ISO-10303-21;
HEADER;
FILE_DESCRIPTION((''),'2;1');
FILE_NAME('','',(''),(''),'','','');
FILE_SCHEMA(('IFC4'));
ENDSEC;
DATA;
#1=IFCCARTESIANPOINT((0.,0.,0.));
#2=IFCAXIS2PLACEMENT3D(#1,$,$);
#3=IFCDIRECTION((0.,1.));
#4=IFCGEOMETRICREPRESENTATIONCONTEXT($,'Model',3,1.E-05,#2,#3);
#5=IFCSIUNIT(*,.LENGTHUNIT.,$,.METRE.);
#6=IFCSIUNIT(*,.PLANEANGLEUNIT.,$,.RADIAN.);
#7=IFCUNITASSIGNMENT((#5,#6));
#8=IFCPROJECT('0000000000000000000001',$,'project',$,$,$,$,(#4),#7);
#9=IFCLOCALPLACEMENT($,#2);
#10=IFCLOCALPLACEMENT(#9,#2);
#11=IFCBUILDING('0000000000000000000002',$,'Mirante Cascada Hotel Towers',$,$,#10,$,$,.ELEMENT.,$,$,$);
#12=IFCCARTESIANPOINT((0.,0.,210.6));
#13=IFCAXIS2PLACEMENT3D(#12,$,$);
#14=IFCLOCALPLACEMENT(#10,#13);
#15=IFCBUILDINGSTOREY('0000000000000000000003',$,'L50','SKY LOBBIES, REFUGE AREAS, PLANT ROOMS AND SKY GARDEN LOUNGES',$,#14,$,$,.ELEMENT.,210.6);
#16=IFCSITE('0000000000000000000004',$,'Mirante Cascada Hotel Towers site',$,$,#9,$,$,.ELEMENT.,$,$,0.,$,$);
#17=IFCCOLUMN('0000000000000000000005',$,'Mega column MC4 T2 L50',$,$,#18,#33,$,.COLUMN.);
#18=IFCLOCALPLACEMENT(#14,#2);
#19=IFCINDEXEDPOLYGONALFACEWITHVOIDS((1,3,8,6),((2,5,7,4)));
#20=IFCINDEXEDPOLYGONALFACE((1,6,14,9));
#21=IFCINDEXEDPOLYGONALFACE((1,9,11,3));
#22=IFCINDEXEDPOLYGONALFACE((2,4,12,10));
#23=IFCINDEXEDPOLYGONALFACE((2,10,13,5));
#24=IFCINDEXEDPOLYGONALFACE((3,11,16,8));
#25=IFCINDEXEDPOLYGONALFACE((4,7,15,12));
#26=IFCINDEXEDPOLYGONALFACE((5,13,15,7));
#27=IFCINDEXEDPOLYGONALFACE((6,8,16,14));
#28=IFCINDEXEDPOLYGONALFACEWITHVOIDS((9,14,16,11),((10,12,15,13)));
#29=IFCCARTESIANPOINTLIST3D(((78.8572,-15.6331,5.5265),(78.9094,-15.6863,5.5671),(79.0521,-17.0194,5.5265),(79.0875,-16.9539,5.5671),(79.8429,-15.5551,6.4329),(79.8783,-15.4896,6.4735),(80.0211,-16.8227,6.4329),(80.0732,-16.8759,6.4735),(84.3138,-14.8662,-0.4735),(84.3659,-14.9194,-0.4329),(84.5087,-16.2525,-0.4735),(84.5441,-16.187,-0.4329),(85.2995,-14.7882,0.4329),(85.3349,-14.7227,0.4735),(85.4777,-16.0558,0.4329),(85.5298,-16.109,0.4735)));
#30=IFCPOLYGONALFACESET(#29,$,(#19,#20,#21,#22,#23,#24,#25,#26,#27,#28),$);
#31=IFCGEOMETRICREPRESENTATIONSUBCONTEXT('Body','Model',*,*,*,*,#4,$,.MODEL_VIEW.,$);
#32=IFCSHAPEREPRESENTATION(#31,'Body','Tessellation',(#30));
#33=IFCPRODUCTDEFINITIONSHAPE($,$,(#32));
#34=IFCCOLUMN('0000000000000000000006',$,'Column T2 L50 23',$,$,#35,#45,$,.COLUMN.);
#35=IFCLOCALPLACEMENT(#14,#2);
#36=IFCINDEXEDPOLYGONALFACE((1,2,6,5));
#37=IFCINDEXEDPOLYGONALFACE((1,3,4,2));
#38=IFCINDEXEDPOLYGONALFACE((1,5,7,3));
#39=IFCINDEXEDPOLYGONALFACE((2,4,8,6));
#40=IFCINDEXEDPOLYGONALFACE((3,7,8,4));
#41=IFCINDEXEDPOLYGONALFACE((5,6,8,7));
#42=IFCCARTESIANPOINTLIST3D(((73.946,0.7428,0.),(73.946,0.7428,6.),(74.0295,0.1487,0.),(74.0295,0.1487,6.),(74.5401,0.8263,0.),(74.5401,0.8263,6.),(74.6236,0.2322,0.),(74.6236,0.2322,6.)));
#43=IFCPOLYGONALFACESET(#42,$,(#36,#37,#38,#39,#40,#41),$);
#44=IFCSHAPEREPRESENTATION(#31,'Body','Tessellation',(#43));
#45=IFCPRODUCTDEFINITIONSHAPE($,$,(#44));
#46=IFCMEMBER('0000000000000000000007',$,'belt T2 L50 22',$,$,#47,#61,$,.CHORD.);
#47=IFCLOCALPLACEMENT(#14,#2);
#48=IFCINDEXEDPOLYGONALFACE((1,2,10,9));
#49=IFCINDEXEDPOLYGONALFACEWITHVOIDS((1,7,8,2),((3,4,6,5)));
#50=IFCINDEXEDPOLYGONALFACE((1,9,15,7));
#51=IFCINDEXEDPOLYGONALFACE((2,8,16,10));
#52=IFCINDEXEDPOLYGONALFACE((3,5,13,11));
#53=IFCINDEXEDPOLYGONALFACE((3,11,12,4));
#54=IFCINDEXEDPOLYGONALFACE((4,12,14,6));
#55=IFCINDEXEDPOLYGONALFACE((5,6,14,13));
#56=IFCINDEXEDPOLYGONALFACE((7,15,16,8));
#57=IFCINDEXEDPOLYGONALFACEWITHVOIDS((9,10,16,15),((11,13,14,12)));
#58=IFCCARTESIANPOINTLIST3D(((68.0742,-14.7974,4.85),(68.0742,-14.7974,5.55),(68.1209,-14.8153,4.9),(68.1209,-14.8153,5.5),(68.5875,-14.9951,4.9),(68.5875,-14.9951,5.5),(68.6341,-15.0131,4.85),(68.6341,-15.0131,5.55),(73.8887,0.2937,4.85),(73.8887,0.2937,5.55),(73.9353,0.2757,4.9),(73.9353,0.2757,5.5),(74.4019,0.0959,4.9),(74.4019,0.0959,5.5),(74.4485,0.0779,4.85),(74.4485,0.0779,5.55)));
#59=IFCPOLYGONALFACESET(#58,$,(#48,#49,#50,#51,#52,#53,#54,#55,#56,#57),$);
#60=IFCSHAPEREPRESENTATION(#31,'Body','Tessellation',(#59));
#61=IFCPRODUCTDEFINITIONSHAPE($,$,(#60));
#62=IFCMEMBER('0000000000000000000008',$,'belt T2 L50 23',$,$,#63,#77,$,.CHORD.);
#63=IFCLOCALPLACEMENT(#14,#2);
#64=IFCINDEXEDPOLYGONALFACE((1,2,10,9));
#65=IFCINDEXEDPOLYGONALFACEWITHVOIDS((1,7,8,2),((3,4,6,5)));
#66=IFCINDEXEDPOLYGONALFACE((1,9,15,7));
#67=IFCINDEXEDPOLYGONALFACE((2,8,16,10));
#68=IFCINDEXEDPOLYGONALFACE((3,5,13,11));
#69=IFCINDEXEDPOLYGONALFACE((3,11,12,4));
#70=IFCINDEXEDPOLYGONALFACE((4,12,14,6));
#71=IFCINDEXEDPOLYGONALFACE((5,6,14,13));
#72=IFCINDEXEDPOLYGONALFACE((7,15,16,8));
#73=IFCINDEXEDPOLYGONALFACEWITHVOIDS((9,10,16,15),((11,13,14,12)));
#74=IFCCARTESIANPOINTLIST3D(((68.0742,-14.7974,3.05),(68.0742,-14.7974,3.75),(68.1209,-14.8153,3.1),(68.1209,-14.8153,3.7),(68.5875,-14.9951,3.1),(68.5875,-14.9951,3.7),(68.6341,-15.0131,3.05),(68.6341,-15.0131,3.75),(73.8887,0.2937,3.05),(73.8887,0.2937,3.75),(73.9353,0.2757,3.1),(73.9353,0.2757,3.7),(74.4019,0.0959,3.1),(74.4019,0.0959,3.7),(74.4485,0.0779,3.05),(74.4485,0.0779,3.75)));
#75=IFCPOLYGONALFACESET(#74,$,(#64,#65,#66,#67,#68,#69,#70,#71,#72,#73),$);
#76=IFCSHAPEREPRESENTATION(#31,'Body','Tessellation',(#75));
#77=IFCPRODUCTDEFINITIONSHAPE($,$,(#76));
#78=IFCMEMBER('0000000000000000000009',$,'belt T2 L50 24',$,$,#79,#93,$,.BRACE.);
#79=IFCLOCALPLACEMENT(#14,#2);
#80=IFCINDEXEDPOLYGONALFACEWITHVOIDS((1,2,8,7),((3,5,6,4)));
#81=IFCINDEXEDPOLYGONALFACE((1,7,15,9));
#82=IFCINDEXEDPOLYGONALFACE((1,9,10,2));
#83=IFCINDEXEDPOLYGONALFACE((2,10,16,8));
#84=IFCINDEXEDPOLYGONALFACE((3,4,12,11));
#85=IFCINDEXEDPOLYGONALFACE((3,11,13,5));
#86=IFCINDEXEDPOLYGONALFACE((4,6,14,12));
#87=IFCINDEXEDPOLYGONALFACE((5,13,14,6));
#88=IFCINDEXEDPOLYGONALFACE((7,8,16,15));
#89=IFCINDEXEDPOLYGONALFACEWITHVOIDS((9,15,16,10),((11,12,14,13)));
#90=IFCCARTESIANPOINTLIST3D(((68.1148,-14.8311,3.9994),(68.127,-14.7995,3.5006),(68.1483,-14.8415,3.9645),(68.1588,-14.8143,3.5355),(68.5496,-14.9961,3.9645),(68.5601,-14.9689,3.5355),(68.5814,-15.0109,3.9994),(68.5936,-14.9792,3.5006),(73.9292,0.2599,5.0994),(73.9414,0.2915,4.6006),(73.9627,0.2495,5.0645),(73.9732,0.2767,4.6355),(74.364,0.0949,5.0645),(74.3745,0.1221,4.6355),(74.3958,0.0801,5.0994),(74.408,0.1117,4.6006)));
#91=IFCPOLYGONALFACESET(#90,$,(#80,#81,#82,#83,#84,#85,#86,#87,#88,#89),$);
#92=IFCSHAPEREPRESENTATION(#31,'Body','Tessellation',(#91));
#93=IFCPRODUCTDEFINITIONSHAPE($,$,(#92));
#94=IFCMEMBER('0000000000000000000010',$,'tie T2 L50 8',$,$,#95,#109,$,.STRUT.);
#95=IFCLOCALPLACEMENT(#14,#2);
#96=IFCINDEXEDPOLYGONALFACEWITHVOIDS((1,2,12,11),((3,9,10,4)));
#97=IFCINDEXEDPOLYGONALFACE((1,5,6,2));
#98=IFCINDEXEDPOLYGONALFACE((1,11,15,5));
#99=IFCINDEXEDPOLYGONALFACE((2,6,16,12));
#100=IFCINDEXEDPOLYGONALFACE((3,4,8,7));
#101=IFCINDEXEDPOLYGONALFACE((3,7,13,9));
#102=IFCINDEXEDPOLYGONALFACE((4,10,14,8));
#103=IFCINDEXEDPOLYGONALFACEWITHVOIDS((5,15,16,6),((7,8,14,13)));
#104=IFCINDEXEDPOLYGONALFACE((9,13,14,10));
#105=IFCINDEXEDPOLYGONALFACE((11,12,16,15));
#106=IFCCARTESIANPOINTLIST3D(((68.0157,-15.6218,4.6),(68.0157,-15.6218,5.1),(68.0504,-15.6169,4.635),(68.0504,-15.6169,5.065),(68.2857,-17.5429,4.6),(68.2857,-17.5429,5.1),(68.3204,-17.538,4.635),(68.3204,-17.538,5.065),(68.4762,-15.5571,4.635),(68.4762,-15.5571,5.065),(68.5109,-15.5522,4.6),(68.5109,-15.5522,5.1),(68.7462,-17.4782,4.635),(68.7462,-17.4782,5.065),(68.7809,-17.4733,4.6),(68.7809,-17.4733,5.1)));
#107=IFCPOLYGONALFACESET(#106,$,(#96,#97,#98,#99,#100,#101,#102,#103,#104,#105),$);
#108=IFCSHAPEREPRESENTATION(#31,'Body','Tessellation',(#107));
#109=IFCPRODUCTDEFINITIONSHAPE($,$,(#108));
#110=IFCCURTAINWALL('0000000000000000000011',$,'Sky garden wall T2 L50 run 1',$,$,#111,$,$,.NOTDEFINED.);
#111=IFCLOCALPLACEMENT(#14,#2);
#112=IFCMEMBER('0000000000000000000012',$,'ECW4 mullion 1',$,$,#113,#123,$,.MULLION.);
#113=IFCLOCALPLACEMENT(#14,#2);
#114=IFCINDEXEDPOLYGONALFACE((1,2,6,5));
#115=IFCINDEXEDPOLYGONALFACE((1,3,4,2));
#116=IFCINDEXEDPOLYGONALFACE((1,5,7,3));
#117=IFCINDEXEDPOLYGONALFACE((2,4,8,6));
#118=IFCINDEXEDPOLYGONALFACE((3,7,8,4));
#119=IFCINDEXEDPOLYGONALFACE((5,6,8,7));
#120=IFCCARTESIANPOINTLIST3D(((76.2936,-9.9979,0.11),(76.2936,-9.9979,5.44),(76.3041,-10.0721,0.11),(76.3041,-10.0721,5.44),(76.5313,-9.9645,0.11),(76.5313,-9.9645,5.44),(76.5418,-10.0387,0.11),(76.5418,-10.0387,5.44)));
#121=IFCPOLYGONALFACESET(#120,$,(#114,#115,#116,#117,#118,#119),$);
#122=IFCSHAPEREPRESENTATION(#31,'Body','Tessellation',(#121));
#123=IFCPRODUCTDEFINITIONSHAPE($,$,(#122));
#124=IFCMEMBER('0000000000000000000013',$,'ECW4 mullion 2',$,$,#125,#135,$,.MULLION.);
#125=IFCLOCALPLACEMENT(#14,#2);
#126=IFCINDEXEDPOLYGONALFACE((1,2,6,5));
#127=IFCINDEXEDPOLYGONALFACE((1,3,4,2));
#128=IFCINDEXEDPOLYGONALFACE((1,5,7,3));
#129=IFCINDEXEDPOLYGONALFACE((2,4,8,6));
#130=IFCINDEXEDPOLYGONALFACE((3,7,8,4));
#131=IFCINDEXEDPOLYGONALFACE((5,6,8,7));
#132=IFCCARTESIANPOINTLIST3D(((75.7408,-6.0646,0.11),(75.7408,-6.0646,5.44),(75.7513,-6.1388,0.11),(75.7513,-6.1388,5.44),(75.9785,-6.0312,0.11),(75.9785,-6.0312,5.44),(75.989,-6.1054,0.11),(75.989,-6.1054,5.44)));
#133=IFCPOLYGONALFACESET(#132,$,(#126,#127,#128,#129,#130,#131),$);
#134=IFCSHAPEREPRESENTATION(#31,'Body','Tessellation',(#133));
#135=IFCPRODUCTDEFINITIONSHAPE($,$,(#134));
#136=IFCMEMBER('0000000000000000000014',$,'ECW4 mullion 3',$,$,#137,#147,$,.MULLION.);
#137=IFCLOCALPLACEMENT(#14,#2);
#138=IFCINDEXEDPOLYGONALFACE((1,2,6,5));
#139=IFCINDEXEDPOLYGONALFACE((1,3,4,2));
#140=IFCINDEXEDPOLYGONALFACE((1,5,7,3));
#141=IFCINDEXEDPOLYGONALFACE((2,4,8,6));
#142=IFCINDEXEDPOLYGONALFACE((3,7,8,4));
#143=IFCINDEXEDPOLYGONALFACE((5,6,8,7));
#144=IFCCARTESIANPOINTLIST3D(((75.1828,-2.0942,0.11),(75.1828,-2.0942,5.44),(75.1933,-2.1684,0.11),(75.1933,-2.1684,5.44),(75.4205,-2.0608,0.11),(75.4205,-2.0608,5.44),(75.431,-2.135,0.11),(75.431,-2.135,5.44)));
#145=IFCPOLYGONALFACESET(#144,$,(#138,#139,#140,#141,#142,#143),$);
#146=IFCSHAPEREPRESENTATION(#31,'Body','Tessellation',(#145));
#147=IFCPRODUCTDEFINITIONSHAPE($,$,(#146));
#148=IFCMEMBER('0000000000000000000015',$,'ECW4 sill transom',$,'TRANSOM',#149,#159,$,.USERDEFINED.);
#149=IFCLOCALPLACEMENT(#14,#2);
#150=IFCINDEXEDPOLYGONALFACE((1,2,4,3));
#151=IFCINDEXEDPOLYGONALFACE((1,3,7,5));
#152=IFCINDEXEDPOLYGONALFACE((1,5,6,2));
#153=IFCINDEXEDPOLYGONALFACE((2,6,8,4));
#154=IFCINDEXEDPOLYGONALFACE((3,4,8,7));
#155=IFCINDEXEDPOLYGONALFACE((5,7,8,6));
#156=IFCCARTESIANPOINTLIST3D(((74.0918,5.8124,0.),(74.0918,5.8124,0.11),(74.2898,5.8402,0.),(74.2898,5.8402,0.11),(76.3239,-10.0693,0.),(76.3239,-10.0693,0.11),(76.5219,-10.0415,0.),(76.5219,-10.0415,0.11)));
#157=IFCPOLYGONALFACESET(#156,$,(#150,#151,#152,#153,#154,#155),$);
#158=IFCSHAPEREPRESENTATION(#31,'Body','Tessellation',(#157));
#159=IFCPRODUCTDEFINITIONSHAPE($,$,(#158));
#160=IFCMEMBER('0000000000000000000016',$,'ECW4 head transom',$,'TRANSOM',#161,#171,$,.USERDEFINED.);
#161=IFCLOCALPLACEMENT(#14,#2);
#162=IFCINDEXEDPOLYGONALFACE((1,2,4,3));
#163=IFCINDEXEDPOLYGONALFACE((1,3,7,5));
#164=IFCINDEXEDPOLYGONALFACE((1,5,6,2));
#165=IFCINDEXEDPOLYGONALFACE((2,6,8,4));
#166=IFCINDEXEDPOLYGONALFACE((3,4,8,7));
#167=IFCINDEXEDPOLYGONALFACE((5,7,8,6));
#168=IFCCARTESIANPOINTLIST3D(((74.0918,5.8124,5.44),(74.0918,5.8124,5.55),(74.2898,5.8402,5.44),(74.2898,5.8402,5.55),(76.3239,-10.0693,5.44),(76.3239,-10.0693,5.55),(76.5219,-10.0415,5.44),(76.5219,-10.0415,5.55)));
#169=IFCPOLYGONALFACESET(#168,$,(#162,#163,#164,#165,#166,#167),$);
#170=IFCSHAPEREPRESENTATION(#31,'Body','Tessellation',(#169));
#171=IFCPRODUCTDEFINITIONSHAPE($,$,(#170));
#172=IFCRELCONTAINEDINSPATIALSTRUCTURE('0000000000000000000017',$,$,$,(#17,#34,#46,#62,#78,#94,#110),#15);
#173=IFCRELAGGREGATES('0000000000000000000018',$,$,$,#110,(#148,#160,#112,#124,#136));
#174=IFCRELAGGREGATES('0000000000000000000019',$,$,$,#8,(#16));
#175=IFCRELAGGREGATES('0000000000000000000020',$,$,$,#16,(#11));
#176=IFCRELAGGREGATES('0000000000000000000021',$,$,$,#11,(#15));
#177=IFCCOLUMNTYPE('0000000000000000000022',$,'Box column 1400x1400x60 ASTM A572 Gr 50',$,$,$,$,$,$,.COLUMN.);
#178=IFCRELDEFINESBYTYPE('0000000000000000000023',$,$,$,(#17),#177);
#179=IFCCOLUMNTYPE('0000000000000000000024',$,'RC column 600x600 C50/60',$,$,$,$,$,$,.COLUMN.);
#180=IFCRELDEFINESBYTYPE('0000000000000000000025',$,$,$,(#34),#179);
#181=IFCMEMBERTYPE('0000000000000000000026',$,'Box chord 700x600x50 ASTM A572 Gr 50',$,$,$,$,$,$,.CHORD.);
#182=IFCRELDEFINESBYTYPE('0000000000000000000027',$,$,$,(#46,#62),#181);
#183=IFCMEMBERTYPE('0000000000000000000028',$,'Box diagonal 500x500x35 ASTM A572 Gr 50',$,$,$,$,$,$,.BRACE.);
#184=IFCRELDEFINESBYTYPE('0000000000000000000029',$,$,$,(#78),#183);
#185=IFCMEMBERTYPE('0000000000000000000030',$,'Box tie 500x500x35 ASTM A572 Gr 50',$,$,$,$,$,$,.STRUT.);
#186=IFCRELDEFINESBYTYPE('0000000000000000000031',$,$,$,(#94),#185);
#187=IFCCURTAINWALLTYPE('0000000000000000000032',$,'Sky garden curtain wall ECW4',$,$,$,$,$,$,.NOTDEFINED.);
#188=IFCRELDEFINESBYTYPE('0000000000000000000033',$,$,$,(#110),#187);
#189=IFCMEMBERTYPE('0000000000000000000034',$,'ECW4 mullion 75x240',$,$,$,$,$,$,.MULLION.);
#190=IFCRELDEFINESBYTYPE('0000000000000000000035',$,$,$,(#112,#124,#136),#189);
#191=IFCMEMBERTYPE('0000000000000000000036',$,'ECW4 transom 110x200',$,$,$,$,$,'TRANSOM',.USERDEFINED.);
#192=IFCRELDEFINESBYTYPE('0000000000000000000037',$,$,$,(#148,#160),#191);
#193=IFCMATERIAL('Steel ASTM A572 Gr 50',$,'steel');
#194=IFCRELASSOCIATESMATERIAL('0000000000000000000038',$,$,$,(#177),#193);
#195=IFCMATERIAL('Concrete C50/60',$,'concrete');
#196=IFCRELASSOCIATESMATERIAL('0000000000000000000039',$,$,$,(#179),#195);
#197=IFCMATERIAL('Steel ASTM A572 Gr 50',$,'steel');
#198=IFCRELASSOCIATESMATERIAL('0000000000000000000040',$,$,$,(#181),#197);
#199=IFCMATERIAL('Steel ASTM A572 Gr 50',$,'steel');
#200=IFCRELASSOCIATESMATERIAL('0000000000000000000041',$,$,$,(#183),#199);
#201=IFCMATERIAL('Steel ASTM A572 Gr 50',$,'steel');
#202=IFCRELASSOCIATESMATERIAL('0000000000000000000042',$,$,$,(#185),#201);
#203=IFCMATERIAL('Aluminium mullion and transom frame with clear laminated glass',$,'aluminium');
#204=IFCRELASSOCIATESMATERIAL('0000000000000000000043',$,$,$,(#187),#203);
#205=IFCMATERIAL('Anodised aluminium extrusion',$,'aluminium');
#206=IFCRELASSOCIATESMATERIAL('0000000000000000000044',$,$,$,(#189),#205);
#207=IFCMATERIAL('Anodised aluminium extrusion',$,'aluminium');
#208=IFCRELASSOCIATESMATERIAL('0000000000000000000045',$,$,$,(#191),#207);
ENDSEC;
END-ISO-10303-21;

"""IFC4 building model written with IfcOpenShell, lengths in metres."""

from ifc_helpers import new_model, si_unit, direction, frame, origin, origin_2d, place, context, subcontext, project, spatial, rectangle, hollow_rectangle, extrude, material, material_profile, profile_set, type_object, element, aggregate, save


model = new_model("IFC4")

# Units and contexts
model_context = context("Model", 3, precision=1e-05, world=origin(), true_north=direction((0.0, 1.0)))
body_context = subcontext(model_context, "Body", "Model", "MODEL_VIEW")
ifc_project = project(units=[si_unit("LENGTHUNIT", "METRE"), si_unit("PLANEANGLEUNIT", "RADIAN")], contexts=[model_context])

# Site, building, storey
site_placement = place(None, origin())
site = spatial("IfcSite", under=ifc_project, at=site_placement, Name="Mirante Cascada Hotel Towers site", CompositionType="ELEMENT", RefElevation=0.0)
building_placement = place(site_placement, origin())
building = spatial("IfcBuilding", under=site, at=building_placement, Name="Mirante Cascada Hotel Towers", CompositionType="ELEMENT")
storey_placement = place(building_placement, frame((0.0, 0.0, 210.6)))
storey = spatial("IfcBuildingStorey", under=building, at=storey_placement, Name="L50", Description="SKY LOBBIES, REFUGE AREAS, PLANT ROOMS AND SKY GARDEN LOUNGES", CompositionType="ELEMENT", Elevation=210.6)

# Columns
ifc_material_1 = material(Name="Steel ASTM A572 Gr 50", Category="steel")
ifc_material_profile_1 = material_profile(ifc_material_1, hollow_rectangle(XDim=1.4, YDim=1.4, WallThickness=0.06, at=origin_2d()), Name="Box column 1400x1400x60 ASTM A572 Gr 50")
ifc_profile_set_1 = profile_set([ifc_material_profile_1], Name="Steel ASTM A572 Gr 50")
column_type_1 = type_object("IfcColumnType", Name="Box column 1400x1400x60 ASTM A572 Gr 50", PredefinedType="COLUMN", material=ifc_profile_set_1)
column_1_placement = place(storey_placement, frame((84.9218, -15.4876, 0.0), z_axis=(-0.669824, -0.094141, 0.736528), x_axis=(0.139178, -0.990267, 0.0)))
element("IfcColumn", 1, at=column_1_placement, inside=storey, type_object=column_type_1, Name="Mega column MC4 T2 L50", PredefinedType="COLUMN", context=body_context, shape_type="SweptSolid", body=[
    extrude(hollow_rectangle(XDim=1.4, YDim=1.4, WallThickness=0.06, at=origin_2d()), origin(), (0.0, 0.0, 1.0), 8.1463),
])
ifc_material_2 = material(Name="Concrete C50/60", Category="concrete")
ifc_material_profile_2 = material_profile(ifc_material_2, rectangle(XDim=0.6, YDim=0.6, at=origin_2d()), Name="RC column 600x600 C50/60")
ifc_profile_set_2 = profile_set([ifc_material_profile_2], Name="Concrete C50/60")
column_type_2 = type_object("IfcColumnType", Name="RC column 600x600 C50/60", PredefinedType="COLUMN", material=ifc_profile_set_2)
column_2_placement = place(storey_placement, frame((74.2848, 0.4875, 0.0), z_axis=(0.0, 0.0, 1.0), x_axis=(0.990268, 0.139173, 0.0)))
element("IfcColumn", 2, at=column_2_placement, inside=storey, type_object=column_type_2, Name="Column T2 L50 23", PredefinedType="COLUMN", context=body_context, shape_type="SweptSolid", body=[
    extrude(rectangle(XDim=0.6, YDim=0.6, at=origin_2d()), origin(), (0.0, 0.0, 1.0), 6.0),
])

# Members
ifc_material_3 = material(Name="Steel ASTM A572 Gr 50", Category="steel")
ifc_material_profile_3 = material_profile(ifc_material_3, hollow_rectangle(XDim=0.6, YDim=0.7, WallThickness=0.05, at=origin_2d()), Name="Box chord 700x600x50 ASTM A572 Gr 50")
ifc_profile_set_3 = profile_set([ifc_material_profile_3], Name="Steel ASTM A572 Gr 50")
member_type_1 = type_object("IfcMemberType", Name="Box chord 700x600x50 ASTM A572 Gr 50", PredefinedType="CHORD", material=ifc_profile_set_3)
for number, where, z_axis, x_axis, name in (
    (3, (74.1686, 0.1858, 5.2), (-0.359527, -0.933135, 0.0), (0.933135, -0.359527, 0.0), "belt T2 L50 22"),
    (4, (74.1686, 0.1858, 3.4), (-0.359527, -0.933135, 0.0), (0.933135, -0.359527, 0.0), "belt T2 L50 23"),
):
    element("IfcMember", number, at=place(storey_placement, frame(where, z_axis=z_axis, x_axis=x_axis)), inside=storey, type_object=member_type_1, Name=name, PredefinedType="CHORD", context=body_context, shape_type="SweptSolid", body=[
        extrude(hollow_rectangle(XDim=0.6, YDim=0.7, WallThickness=0.05, at=origin_2d()), origin(), (0.0, 0.0, 1.0), 16.1724),
    ])
ifc_material_4 = material(Name="Steel ASTM A572 Gr 50", Category="steel")
ifc_material_profile_4 = material_profile(ifc_material_4, hollow_rectangle(XDim=0.5, YDim=0.5, WallThickness=0.035, at=origin_2d()), Name="Box diagonal 500x500x35 ASTM A572 Gr 50")
ifc_profile_set_4 = profile_set([ifc_material_profile_4], Name="Steel ASTM A572 Gr 50")
member_type_2 = type_object("IfcMemberType", Name="Box diagonal 500x500x35 ASTM A572 Gr 50", PredefinedType="BRACE", material=ifc_profile_set_4)
member_1_placement = place(storey_placement, frame((74.1686, 0.1858, 4.85), z_axis=(-0.358698, -0.930984, -0.067861), x_axis=(0.933135, -0.359527, 0.0)))
element("IfcMember", 5, at=member_1_placement, inside=storey, type_object=member_type_2, Name="belt T2 L50 24", PredefinedType="BRACE", context=body_context, shape_type="SweptSolid", body=[
    extrude(hollow_rectangle(XDim=0.5, YDim=0.5, WallThickness=0.035, at=origin_2d()), origin(), (0.0, 0.0, 1.0), 16.2097),
])
ifc_material_5 = material(Name="Steel ASTM A572 Gr 50", Category="steel")
ifc_material_profile_5 = material_profile(ifc_material_5, hollow_rectangle(XDim=0.5, YDim=0.5, WallThickness=0.035, at=origin_2d()), Name="Box tie 500x500x35 ASTM A572 Gr 50")
ifc_profile_set_5 = profile_set([ifc_material_profile_5], Name="Steel ASTM A572 Gr 50")
member_type_3 = type_object("IfcMemberType", Name="Box tie 500x500x35 ASTM A572 Gr 50", PredefinedType="STRUT", material=ifc_profile_set_5)
member_2_placement = place(storey_placement, frame((68.2633, -15.587, 4.85), z_axis=(0.139177, -0.990268, 0.0), x_axis=(0.990268, 0.139177, 0.0)))
element("IfcMember", 6, at=member_2_placement, inside=storey, type_object=member_type_3, Name="tie T2 L50 8", PredefinedType="STRUT", context=body_context, shape_type="SweptSolid", body=[
    extrude(hollow_rectangle(XDim=0.5, YDim=0.5, WallThickness=0.035, at=origin_2d()), origin(), (0.0, 0.0, 1.0), 1.94),
])

# Curtain wall, members
ifc_material_6 = material(Name="Aluminium mullion and transom frame with clear laminated glass", Category="aluminium")
curtain_wall_type = type_object("IfcCurtainWallType", Name="Sky garden curtain wall ECW4", PredefinedType="NOTDEFINED", material=ifc_material_6)
curtain_wall_placement = place(storey_placement, origin())
curtain_wall = element("IfcCurtainWall", 7, at=curtain_wall_placement, inside=storey, type_object=curtain_wall_type, Name="Sky garden wall T2 L50 run 1", PredefinedType="NOTDEFINED")
ifc_material_7 = material(Name="Anodised aluminium extrusion", Category="aluminium")
ifc_material_profile_6 = material_profile(ifc_material_7, rectangle(XDim=0.24, YDim=0.075, at=origin_2d()), Name="ECW4 MULLION 75x240")
ifc_profile_set_6 = profile_set([ifc_material_profile_6], Name="Anodised aluminium extrusion")
member_type_4 = type_object("IfcMemberType", Name="ECW4 mullion 75x240", PredefinedType="MULLION", material=ifc_profile_set_6)
member_3_placement = place(storey_placement, frame((76.4177, -10.0183, 0.11), z_axis=(0.0, 0.0, 1.0), x_axis=(-0.990268, -0.139173, 0.0)))
member_3 = element("IfcMember", 8, at=member_3_placement, type_object=member_type_4, Name="ECW4 mullion 1", PredefinedType="MULLION", context=body_context, shape_type="SweptSolid", body=[
    extrude(rectangle(XDim=0.24, YDim=0.075, at=origin_2d()), origin(), (0.0, 0.0, 1.0), 5.33),
])
member_4_placement = place(storey_placement, frame((75.8649, -6.085, 0.11), z_axis=(0.0, 0.0, 1.0), x_axis=(-0.990268, -0.139173, 0.0)))
member_4 = element("IfcMember", 9, at=member_4_placement, type_object=member_type_4, Name="ECW4 mullion 2", PredefinedType="MULLION", context=body_context, shape_type="SweptSolid", body=[
    extrude(rectangle(XDim=0.24, YDim=0.075, at=origin_2d()), origin(), (0.0, 0.0, 1.0), 5.33),
])
member_5_placement = place(storey_placement, frame((75.3069, -2.1146, 0.11), z_axis=(0.0, 0.0, 1.0), x_axis=(-0.990268, -0.139173, 0.0)))
member_5 = element("IfcMember", 10, at=member_5_placement, type_object=member_type_4, Name="ECW4 mullion 3", PredefinedType="MULLION", context=body_context, shape_type="SweptSolid", body=[
    extrude(rectangle(XDim=0.24, YDim=0.075, at=origin_2d()), origin(), (0.0, 0.0, 1.0), 5.33),
])
ifc_material_8 = material(Name="Anodised aluminium extrusion", Category="aluminium")
ifc_material_profile_7 = material_profile(ifc_material_8, rectangle(XDim=0.2, YDim=0.11, at=origin_2d()), Name="ECW4 TRANSOM 110x200")
ifc_profile_set_7 = profile_set([ifc_material_profile_7], Name="Anodised aluminium extrusion")
member_type_5 = type_object("IfcMemberType", Name="ECW4 transom 110x200", ElementType="TRANSOM", PredefinedType="USERDEFINED", material=ifc_profile_set_7)
member_6_placement = place(storey_placement, frame((76.4229, -10.0554, 0.055), z_axis=(-0.139178, 0.990267, 0.0), x_axis=(-0.990267, -0.139178, 0.0)))
member_6 = element("IfcMember", 11, at=member_6_placement, type_object=member_type_5, Name="ECW4 sill transom", ObjectType="TRANSOM", PredefinedType="USERDEFINED", context=body_context, shape_type="SweptSolid", body=[
    extrude(rectangle(XDim=0.2, YDim=0.11, at=origin_2d()), origin(), (0.0, 0.0, 1.0), 16.0378),
])
member_7_placement = place(storey_placement, frame((76.4229, -10.0554, 5.495), z_axis=(-0.139178, 0.990267, 0.0), x_axis=(-0.990267, -0.139178, 0.0)))
member_7 = element("IfcMember", 12, at=member_7_placement, type_object=member_type_5, Name="ECW4 head transom", ObjectType="TRANSOM", PredefinedType="USERDEFINED", context=body_context, shape_type="SweptSolid", body=[
    extrude(rectangle(XDim=0.2, YDim=0.11, at=origin_2d()), origin(), (0.0, 0.0, 1.0), 16.0378),
])
aggregate(curtain_wall, [member_6, member_7, member_3, member_4, member_5])

save(model, "model.ifc")
